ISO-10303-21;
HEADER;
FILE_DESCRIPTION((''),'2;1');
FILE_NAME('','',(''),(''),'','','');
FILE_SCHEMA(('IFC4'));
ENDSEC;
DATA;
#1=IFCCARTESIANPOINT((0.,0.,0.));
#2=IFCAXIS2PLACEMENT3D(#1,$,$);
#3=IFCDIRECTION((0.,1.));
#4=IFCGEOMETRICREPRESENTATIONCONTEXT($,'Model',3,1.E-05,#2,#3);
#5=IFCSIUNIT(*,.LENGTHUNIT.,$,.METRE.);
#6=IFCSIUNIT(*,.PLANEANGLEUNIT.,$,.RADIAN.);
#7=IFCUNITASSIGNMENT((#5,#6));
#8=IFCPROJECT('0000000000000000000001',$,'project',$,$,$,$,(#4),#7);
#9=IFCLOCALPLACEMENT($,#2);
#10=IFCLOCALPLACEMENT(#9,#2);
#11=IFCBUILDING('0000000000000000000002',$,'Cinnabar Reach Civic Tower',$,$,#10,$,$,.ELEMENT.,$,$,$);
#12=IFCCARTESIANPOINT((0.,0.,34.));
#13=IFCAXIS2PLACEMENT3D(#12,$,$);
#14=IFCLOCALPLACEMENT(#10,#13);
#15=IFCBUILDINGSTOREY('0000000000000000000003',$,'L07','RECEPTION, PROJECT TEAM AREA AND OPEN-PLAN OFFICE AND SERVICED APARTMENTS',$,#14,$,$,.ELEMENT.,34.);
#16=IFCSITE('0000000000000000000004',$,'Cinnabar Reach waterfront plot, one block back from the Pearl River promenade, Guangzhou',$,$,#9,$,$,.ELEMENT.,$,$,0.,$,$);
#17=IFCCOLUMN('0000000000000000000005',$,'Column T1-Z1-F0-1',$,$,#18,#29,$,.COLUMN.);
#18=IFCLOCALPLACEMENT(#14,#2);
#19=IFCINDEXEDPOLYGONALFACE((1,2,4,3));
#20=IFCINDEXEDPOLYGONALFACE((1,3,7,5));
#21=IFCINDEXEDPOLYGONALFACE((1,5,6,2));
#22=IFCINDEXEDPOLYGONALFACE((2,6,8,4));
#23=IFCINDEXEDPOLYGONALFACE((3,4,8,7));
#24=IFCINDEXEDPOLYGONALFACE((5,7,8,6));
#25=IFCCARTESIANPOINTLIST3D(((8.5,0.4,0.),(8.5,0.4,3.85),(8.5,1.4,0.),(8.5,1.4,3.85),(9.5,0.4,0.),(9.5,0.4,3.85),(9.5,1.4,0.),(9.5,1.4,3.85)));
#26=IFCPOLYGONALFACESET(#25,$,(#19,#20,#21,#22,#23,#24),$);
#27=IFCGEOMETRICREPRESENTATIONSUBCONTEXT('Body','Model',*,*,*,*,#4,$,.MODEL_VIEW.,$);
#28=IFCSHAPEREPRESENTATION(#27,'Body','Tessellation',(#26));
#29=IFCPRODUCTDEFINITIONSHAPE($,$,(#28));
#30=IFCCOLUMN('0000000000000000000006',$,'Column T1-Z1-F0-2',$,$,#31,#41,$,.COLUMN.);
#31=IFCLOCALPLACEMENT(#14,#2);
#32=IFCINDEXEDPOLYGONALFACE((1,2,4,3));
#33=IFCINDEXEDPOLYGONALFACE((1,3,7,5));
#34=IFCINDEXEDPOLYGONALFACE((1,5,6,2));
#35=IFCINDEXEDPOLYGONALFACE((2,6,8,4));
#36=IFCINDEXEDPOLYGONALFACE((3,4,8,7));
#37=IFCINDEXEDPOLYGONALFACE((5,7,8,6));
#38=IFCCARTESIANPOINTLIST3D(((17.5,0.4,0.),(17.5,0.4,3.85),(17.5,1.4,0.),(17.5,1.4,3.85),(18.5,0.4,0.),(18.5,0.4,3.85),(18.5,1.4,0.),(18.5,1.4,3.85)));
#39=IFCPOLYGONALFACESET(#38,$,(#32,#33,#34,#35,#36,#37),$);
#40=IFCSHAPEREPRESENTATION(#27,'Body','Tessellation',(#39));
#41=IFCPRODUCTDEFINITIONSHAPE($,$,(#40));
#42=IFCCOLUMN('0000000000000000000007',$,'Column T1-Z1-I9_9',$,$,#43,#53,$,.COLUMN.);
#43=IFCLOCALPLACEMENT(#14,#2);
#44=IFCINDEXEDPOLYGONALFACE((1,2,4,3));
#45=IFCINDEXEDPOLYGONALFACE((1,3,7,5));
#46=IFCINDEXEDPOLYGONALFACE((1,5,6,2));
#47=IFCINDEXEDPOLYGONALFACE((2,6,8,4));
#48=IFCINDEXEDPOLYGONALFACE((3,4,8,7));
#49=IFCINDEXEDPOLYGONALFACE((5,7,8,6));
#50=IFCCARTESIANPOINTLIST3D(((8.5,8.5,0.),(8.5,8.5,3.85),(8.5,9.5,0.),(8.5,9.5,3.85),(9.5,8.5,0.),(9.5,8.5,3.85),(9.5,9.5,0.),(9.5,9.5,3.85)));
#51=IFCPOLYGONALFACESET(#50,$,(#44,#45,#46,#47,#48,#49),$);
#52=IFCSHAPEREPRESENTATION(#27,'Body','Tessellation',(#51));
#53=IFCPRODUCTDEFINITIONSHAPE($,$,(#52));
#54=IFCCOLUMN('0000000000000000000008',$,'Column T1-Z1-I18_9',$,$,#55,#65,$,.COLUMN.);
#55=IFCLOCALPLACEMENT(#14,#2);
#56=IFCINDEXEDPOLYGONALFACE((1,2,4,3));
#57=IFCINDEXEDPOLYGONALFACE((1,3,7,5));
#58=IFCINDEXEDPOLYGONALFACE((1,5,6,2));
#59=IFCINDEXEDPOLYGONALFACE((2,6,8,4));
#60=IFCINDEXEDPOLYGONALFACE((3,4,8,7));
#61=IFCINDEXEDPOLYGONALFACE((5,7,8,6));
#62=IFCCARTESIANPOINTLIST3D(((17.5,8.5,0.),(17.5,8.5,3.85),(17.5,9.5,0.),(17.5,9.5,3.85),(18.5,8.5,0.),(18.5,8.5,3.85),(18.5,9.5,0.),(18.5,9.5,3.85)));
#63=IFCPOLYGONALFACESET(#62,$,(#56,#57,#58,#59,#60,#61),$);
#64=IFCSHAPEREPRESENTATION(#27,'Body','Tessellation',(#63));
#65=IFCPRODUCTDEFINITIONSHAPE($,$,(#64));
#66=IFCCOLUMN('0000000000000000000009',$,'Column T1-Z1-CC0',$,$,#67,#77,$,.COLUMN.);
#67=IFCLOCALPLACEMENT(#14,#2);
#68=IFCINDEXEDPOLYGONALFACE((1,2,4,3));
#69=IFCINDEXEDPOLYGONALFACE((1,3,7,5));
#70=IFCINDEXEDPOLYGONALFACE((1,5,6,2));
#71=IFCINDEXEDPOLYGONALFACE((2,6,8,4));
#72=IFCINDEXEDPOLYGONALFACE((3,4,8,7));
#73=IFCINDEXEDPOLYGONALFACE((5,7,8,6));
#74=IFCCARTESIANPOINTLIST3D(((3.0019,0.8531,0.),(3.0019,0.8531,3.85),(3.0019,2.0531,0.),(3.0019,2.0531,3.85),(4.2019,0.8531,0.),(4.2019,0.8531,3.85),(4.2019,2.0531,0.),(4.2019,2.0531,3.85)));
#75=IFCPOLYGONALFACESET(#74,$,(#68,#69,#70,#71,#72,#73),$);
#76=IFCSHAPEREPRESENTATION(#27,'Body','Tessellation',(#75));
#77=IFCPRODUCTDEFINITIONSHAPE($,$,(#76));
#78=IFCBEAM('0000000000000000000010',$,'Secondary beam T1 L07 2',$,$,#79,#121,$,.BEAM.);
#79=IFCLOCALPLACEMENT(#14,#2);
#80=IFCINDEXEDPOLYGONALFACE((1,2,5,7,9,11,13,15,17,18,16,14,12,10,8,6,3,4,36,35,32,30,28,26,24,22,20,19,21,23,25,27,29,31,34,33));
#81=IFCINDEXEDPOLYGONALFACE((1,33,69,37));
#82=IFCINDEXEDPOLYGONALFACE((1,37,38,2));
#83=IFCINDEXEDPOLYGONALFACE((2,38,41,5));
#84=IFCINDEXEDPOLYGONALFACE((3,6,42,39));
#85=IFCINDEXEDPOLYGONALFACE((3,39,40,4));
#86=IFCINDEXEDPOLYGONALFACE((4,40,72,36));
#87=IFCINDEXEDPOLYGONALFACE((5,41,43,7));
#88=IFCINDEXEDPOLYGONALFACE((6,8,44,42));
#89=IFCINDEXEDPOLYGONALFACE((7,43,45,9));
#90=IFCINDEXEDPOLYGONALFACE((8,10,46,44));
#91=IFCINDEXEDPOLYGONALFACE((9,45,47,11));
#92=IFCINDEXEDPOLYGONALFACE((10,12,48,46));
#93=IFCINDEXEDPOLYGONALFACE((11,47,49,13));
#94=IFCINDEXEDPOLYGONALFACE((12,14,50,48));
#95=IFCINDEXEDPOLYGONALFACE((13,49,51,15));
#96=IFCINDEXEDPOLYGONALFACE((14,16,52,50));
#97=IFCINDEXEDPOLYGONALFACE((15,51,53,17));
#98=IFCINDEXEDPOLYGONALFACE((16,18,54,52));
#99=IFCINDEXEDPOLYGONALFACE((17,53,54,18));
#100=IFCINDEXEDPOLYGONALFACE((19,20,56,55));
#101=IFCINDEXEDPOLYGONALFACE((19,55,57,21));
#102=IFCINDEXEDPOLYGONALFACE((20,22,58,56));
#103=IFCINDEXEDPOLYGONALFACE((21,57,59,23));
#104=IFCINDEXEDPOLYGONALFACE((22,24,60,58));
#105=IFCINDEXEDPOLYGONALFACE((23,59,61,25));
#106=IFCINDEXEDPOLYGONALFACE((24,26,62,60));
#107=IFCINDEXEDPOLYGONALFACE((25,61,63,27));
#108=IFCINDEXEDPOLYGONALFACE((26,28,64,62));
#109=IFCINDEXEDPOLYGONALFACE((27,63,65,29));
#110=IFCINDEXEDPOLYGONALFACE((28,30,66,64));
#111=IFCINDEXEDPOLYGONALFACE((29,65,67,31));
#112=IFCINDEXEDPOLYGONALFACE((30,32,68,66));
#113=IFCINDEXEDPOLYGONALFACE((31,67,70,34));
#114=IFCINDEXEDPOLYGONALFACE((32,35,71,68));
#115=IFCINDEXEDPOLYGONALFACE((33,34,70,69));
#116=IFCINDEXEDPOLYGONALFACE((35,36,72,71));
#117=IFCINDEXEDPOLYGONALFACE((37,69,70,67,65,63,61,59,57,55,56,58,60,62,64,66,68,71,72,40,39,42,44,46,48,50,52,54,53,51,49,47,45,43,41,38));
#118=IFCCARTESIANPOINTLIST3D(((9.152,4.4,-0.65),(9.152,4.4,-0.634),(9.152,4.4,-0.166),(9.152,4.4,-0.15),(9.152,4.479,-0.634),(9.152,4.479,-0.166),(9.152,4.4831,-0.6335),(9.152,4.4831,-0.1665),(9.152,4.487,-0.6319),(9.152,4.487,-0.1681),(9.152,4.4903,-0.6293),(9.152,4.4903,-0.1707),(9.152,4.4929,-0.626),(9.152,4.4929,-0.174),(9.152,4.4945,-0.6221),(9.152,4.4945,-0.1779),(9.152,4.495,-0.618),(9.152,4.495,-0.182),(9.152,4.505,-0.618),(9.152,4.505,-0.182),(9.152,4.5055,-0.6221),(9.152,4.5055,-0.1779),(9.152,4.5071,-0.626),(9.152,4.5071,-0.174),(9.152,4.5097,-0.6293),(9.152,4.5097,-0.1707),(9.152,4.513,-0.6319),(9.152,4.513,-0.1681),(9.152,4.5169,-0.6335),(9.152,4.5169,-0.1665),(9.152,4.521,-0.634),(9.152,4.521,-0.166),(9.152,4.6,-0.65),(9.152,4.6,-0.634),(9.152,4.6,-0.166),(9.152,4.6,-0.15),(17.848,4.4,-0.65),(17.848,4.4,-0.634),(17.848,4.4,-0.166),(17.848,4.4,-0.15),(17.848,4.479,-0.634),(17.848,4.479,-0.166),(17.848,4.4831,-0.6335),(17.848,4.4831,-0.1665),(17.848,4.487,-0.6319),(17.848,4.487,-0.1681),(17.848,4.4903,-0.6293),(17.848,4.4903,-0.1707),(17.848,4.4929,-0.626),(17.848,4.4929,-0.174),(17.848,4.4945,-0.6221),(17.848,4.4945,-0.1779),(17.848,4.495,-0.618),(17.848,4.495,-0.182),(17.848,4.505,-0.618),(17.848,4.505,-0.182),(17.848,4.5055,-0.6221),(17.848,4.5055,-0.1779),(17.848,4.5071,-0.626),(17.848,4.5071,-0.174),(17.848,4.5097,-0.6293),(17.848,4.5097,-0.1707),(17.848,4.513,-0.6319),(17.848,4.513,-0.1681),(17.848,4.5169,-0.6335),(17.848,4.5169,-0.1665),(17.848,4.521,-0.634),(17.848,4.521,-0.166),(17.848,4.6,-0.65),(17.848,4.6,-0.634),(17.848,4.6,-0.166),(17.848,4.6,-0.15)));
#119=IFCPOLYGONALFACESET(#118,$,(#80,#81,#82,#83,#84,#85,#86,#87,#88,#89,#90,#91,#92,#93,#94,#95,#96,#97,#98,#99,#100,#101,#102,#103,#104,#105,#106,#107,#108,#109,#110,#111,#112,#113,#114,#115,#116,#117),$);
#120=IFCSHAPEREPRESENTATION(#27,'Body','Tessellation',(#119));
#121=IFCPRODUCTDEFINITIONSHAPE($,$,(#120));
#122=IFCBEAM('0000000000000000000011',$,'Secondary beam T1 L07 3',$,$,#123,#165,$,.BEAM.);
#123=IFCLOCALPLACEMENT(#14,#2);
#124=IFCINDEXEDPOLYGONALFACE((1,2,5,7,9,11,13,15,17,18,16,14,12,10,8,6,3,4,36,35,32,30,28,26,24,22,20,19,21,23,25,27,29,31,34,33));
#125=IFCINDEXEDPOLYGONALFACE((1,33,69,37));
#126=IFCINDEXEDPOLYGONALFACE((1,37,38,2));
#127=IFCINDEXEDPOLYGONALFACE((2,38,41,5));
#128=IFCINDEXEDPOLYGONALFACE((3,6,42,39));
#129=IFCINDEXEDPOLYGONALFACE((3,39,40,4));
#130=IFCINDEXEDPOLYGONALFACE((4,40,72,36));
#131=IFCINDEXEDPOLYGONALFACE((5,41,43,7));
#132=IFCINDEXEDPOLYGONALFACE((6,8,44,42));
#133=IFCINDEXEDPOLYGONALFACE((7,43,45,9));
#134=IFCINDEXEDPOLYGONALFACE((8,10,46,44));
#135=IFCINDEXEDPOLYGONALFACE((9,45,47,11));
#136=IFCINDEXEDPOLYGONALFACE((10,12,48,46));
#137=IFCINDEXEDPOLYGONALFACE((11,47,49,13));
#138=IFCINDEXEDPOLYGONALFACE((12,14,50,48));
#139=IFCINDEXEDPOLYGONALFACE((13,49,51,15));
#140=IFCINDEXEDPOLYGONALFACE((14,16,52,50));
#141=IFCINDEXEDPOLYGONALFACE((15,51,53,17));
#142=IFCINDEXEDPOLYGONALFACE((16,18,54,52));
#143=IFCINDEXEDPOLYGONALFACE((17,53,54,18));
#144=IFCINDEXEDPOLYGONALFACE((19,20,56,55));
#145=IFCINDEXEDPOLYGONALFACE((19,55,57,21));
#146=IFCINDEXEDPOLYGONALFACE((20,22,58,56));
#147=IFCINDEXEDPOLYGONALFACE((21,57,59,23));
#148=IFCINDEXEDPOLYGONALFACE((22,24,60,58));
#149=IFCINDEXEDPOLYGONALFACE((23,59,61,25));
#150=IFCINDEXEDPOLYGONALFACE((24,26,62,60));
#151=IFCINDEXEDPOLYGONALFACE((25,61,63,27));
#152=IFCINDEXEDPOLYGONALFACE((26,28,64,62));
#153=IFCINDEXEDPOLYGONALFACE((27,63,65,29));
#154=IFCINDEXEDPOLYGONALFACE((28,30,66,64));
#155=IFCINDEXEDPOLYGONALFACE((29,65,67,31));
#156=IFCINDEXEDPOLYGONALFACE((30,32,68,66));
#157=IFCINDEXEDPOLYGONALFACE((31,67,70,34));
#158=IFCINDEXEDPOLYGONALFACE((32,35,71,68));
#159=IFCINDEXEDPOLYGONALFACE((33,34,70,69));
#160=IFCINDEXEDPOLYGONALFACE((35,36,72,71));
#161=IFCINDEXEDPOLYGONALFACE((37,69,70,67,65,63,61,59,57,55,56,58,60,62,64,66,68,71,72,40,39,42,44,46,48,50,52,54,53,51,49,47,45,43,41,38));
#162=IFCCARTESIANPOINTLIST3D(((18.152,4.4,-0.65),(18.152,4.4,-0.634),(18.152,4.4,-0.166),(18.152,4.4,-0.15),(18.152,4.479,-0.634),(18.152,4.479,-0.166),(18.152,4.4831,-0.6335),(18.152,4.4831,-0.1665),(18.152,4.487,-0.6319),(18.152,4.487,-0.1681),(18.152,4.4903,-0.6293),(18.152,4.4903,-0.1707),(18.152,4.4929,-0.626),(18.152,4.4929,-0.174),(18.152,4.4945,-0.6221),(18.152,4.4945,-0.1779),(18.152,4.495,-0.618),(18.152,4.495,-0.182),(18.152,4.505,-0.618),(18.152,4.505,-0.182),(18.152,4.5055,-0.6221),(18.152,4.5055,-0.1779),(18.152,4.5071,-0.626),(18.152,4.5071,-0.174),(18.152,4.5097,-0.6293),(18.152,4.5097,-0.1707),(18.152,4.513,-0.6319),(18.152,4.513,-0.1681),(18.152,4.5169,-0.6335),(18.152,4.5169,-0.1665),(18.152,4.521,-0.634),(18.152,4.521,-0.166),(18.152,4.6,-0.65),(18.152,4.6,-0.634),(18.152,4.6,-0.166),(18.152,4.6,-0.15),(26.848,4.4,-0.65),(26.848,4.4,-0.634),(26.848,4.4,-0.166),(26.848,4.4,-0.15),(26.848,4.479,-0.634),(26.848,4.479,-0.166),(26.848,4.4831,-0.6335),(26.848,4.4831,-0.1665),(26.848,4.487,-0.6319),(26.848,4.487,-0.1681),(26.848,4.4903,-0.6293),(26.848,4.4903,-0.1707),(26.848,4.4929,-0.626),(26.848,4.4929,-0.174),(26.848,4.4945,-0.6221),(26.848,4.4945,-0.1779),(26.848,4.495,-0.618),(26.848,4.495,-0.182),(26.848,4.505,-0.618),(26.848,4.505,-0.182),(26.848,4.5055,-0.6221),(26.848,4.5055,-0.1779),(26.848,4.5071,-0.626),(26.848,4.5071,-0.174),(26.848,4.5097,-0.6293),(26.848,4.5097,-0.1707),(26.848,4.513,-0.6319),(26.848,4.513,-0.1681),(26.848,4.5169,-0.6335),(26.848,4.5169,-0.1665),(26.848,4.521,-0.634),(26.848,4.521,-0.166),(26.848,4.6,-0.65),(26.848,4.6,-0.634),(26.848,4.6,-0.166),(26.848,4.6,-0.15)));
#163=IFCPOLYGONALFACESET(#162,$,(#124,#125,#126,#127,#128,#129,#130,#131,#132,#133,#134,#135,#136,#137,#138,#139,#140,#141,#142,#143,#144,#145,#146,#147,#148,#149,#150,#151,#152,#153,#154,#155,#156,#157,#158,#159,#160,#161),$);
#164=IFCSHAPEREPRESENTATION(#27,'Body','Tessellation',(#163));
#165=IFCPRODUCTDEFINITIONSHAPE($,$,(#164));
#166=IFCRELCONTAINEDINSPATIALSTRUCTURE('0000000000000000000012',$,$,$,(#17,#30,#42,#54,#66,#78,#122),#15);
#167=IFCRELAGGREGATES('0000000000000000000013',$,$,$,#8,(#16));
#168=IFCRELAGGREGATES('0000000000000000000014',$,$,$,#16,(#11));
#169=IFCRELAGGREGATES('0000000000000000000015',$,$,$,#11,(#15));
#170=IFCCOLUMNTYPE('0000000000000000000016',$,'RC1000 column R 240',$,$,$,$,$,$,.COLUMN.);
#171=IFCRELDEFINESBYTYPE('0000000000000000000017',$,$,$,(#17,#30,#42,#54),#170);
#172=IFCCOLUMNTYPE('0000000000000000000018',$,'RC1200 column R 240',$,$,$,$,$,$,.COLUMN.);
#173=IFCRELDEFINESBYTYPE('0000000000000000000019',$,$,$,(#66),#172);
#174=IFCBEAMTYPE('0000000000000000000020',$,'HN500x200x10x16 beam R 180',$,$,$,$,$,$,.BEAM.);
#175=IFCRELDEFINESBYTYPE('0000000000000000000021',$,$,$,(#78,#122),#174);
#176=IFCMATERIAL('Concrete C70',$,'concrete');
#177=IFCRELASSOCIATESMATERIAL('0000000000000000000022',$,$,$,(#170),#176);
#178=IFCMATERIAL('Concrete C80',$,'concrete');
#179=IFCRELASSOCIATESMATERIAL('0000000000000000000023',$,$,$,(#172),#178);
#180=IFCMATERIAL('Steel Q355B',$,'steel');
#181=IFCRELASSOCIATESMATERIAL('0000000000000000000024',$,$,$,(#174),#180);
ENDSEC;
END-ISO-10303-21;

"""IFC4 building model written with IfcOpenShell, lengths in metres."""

from ifc_helpers import new_model, si_unit, direction, frame, origin, origin_2d, place, context, subcontext, project, spatial, rectangle, i_section, extrude, material, material_profile, profile_set, type_object, element, save


model = new_model("IFC4")

# Units and contexts
model_context = context("Model", 3, precision=1e-05, world=origin(), true_north=direction((0.0, 1.0)))
body_context = subcontext(model_context, "Body", "Model", "MODEL_VIEW")
ifc_project = project(units=[si_unit("LENGTHUNIT", "METRE"), si_unit("PLANEANGLEUNIT", "RADIAN")], contexts=[model_context])

# Site, building, storey
site_placement = place(None, origin())
site = spatial("IfcSite", under=ifc_project, at=site_placement, Name="Cinnabar Reach waterfront plot, one block back from the Pearl River promenade, Guangzhou", CompositionType="ELEMENT", RefElevation=0.0)
building_placement = place(site_placement, origin())
building = spatial("IfcBuilding", under=site, at=building_placement, Name="Cinnabar Reach Civic Tower", CompositionType="ELEMENT")
storey_placement = place(building_placement, frame((0.0, 0.0, 34.0)))
storey = spatial("IfcBuildingStorey", under=building, at=storey_placement, Name="L07", Description="RECEPTION, PROJECT TEAM AREA AND OPEN-PLAN OFFICE AND SERVICED APARTMENTS", CompositionType="ELEMENT", Elevation=34.0)

# Columns
ifc_material_1 = material(Name="Concrete C70", Category="concrete")
ifc_material_profile_1 = material_profile(ifc_material_1, rectangle(XDim=1.0, YDim=1.0, at=origin_2d()), Name="RC1000")
ifc_profile_set_1 = profile_set([ifc_material_profile_1], Name="Concrete C70")
column_type_1 = type_object("IfcColumnType", Name="RC1000 column R 240", PredefinedType="COLUMN", material=ifc_profile_set_1)
for number, where, z_axis, x_axis, name in (
    (1, (9.0, 0.9, 0.0), (0.0, 0.0, 1.0), (1.0, 0.0, 0.0), "Column T1-Z1-F0-1"),
    (2, (18.0, 0.9, 0.0), (0.0, 0.0, 1.0), (1.0, 0.0, 0.0), "Column T1-Z1-F0-2"),
    (3, (9.0, 9.0, 0.0), (0.0, 0.0, 1.0), (1.0, 0.0, 0.0), "Column T1-Z1-I9_9"),
    (4, (18.0, 9.0, 0.0), (0.0, 0.0, 1.0), (1.0, 0.0, 0.0), "Column T1-Z1-I18_9"),
):
    element("IfcColumn", number, at=place(storey_placement, frame(where, z_axis=z_axis, x_axis=x_axis)), inside=storey, type_object=column_type_1, Name=name, PredefinedType="COLUMN", context=body_context, shape_type="SweptSolid", body=[
        extrude(rectangle(XDim=1.0, YDim=1.0, at=origin_2d()), origin(), (0.0, 0.0, 1.0), 3.85),
    ])
ifc_material_2 = material(Name="Concrete C80", Category="concrete")
ifc_material_profile_2 = material_profile(ifc_material_2, rectangle(XDim=1.2, YDim=1.2, at=origin_2d()), Name="RC1200")
ifc_profile_set_2 = profile_set([ifc_material_profile_2], Name="Concrete C80")
column_type_2 = type_object("IfcColumnType", Name="RC1200 column R 240", PredefinedType="COLUMN", material=ifc_profile_set_2)
column_placement = place(storey_placement, frame((3.6019, 1.4531, 0.0), z_axis=(0.0, 0.0, 1.0), x_axis=(1.0, 0.0, 0.0)))
element("IfcColumn", 5, at=column_placement, inside=storey, type_object=column_type_2, Name="Column T1-Z1-CC0", PredefinedType="COLUMN", context=body_context, shape_type="SweptSolid", body=[
    extrude(rectangle(XDim=1.2, YDim=1.2, at=origin_2d()), origin(), (0.0, 0.0, 1.0), 3.85),
])

# Beams
ifc_material_3 = material(Name="Steel Q355B", Category="steel")
ifc_material_profile_3 = material_profile(ifc_material_3, i_section(OverallWidth=0.2, OverallDepth=0.5, WebThickness=0.01, FlangeThickness=0.016, FilletRadius=0.016, at=origin_2d()), Name="HN500x200x10x16")
ifc_profile_set_3 = profile_set([ifc_material_profile_3], Name="Steel Q355B")
beam_type_1 = type_object("IfcBeamType", Name="HN500x200x10x16 beam R 180", PredefinedType="BEAM", material=ifc_profile_set_3)
for number, where, z_axis, x_axis, name in (
    (6, (9.152, 4.5, -0.4), (1.0, 0.0, 0.0), (0.0, 1.0, 0.0), "Secondary beam T1 L07 2"),
    (7, (18.152, 4.5, -0.4), (1.0, 0.0, 0.0), (0.0, 1.0, 0.0), "Secondary beam T1 L07 3"),
):
    element("IfcBeam", number, at=place(storey_placement, frame(where, z_axis=z_axis, x_axis=x_axis)), inside=storey, type_object=beam_type_1, Name=name, PredefinedType="BEAM", context=body_context, shape_type="SweptSolid", body=[
        extrude(i_section(OverallWidth=0.2, OverallDepth=0.5, WebThickness=0.01, FlangeThickness=0.016, FilletRadius=0.016, at=origin_2d()), origin(), (0.0, 0.0, 1.0), 8.696),
    ])

save(model, "model.ifc")
